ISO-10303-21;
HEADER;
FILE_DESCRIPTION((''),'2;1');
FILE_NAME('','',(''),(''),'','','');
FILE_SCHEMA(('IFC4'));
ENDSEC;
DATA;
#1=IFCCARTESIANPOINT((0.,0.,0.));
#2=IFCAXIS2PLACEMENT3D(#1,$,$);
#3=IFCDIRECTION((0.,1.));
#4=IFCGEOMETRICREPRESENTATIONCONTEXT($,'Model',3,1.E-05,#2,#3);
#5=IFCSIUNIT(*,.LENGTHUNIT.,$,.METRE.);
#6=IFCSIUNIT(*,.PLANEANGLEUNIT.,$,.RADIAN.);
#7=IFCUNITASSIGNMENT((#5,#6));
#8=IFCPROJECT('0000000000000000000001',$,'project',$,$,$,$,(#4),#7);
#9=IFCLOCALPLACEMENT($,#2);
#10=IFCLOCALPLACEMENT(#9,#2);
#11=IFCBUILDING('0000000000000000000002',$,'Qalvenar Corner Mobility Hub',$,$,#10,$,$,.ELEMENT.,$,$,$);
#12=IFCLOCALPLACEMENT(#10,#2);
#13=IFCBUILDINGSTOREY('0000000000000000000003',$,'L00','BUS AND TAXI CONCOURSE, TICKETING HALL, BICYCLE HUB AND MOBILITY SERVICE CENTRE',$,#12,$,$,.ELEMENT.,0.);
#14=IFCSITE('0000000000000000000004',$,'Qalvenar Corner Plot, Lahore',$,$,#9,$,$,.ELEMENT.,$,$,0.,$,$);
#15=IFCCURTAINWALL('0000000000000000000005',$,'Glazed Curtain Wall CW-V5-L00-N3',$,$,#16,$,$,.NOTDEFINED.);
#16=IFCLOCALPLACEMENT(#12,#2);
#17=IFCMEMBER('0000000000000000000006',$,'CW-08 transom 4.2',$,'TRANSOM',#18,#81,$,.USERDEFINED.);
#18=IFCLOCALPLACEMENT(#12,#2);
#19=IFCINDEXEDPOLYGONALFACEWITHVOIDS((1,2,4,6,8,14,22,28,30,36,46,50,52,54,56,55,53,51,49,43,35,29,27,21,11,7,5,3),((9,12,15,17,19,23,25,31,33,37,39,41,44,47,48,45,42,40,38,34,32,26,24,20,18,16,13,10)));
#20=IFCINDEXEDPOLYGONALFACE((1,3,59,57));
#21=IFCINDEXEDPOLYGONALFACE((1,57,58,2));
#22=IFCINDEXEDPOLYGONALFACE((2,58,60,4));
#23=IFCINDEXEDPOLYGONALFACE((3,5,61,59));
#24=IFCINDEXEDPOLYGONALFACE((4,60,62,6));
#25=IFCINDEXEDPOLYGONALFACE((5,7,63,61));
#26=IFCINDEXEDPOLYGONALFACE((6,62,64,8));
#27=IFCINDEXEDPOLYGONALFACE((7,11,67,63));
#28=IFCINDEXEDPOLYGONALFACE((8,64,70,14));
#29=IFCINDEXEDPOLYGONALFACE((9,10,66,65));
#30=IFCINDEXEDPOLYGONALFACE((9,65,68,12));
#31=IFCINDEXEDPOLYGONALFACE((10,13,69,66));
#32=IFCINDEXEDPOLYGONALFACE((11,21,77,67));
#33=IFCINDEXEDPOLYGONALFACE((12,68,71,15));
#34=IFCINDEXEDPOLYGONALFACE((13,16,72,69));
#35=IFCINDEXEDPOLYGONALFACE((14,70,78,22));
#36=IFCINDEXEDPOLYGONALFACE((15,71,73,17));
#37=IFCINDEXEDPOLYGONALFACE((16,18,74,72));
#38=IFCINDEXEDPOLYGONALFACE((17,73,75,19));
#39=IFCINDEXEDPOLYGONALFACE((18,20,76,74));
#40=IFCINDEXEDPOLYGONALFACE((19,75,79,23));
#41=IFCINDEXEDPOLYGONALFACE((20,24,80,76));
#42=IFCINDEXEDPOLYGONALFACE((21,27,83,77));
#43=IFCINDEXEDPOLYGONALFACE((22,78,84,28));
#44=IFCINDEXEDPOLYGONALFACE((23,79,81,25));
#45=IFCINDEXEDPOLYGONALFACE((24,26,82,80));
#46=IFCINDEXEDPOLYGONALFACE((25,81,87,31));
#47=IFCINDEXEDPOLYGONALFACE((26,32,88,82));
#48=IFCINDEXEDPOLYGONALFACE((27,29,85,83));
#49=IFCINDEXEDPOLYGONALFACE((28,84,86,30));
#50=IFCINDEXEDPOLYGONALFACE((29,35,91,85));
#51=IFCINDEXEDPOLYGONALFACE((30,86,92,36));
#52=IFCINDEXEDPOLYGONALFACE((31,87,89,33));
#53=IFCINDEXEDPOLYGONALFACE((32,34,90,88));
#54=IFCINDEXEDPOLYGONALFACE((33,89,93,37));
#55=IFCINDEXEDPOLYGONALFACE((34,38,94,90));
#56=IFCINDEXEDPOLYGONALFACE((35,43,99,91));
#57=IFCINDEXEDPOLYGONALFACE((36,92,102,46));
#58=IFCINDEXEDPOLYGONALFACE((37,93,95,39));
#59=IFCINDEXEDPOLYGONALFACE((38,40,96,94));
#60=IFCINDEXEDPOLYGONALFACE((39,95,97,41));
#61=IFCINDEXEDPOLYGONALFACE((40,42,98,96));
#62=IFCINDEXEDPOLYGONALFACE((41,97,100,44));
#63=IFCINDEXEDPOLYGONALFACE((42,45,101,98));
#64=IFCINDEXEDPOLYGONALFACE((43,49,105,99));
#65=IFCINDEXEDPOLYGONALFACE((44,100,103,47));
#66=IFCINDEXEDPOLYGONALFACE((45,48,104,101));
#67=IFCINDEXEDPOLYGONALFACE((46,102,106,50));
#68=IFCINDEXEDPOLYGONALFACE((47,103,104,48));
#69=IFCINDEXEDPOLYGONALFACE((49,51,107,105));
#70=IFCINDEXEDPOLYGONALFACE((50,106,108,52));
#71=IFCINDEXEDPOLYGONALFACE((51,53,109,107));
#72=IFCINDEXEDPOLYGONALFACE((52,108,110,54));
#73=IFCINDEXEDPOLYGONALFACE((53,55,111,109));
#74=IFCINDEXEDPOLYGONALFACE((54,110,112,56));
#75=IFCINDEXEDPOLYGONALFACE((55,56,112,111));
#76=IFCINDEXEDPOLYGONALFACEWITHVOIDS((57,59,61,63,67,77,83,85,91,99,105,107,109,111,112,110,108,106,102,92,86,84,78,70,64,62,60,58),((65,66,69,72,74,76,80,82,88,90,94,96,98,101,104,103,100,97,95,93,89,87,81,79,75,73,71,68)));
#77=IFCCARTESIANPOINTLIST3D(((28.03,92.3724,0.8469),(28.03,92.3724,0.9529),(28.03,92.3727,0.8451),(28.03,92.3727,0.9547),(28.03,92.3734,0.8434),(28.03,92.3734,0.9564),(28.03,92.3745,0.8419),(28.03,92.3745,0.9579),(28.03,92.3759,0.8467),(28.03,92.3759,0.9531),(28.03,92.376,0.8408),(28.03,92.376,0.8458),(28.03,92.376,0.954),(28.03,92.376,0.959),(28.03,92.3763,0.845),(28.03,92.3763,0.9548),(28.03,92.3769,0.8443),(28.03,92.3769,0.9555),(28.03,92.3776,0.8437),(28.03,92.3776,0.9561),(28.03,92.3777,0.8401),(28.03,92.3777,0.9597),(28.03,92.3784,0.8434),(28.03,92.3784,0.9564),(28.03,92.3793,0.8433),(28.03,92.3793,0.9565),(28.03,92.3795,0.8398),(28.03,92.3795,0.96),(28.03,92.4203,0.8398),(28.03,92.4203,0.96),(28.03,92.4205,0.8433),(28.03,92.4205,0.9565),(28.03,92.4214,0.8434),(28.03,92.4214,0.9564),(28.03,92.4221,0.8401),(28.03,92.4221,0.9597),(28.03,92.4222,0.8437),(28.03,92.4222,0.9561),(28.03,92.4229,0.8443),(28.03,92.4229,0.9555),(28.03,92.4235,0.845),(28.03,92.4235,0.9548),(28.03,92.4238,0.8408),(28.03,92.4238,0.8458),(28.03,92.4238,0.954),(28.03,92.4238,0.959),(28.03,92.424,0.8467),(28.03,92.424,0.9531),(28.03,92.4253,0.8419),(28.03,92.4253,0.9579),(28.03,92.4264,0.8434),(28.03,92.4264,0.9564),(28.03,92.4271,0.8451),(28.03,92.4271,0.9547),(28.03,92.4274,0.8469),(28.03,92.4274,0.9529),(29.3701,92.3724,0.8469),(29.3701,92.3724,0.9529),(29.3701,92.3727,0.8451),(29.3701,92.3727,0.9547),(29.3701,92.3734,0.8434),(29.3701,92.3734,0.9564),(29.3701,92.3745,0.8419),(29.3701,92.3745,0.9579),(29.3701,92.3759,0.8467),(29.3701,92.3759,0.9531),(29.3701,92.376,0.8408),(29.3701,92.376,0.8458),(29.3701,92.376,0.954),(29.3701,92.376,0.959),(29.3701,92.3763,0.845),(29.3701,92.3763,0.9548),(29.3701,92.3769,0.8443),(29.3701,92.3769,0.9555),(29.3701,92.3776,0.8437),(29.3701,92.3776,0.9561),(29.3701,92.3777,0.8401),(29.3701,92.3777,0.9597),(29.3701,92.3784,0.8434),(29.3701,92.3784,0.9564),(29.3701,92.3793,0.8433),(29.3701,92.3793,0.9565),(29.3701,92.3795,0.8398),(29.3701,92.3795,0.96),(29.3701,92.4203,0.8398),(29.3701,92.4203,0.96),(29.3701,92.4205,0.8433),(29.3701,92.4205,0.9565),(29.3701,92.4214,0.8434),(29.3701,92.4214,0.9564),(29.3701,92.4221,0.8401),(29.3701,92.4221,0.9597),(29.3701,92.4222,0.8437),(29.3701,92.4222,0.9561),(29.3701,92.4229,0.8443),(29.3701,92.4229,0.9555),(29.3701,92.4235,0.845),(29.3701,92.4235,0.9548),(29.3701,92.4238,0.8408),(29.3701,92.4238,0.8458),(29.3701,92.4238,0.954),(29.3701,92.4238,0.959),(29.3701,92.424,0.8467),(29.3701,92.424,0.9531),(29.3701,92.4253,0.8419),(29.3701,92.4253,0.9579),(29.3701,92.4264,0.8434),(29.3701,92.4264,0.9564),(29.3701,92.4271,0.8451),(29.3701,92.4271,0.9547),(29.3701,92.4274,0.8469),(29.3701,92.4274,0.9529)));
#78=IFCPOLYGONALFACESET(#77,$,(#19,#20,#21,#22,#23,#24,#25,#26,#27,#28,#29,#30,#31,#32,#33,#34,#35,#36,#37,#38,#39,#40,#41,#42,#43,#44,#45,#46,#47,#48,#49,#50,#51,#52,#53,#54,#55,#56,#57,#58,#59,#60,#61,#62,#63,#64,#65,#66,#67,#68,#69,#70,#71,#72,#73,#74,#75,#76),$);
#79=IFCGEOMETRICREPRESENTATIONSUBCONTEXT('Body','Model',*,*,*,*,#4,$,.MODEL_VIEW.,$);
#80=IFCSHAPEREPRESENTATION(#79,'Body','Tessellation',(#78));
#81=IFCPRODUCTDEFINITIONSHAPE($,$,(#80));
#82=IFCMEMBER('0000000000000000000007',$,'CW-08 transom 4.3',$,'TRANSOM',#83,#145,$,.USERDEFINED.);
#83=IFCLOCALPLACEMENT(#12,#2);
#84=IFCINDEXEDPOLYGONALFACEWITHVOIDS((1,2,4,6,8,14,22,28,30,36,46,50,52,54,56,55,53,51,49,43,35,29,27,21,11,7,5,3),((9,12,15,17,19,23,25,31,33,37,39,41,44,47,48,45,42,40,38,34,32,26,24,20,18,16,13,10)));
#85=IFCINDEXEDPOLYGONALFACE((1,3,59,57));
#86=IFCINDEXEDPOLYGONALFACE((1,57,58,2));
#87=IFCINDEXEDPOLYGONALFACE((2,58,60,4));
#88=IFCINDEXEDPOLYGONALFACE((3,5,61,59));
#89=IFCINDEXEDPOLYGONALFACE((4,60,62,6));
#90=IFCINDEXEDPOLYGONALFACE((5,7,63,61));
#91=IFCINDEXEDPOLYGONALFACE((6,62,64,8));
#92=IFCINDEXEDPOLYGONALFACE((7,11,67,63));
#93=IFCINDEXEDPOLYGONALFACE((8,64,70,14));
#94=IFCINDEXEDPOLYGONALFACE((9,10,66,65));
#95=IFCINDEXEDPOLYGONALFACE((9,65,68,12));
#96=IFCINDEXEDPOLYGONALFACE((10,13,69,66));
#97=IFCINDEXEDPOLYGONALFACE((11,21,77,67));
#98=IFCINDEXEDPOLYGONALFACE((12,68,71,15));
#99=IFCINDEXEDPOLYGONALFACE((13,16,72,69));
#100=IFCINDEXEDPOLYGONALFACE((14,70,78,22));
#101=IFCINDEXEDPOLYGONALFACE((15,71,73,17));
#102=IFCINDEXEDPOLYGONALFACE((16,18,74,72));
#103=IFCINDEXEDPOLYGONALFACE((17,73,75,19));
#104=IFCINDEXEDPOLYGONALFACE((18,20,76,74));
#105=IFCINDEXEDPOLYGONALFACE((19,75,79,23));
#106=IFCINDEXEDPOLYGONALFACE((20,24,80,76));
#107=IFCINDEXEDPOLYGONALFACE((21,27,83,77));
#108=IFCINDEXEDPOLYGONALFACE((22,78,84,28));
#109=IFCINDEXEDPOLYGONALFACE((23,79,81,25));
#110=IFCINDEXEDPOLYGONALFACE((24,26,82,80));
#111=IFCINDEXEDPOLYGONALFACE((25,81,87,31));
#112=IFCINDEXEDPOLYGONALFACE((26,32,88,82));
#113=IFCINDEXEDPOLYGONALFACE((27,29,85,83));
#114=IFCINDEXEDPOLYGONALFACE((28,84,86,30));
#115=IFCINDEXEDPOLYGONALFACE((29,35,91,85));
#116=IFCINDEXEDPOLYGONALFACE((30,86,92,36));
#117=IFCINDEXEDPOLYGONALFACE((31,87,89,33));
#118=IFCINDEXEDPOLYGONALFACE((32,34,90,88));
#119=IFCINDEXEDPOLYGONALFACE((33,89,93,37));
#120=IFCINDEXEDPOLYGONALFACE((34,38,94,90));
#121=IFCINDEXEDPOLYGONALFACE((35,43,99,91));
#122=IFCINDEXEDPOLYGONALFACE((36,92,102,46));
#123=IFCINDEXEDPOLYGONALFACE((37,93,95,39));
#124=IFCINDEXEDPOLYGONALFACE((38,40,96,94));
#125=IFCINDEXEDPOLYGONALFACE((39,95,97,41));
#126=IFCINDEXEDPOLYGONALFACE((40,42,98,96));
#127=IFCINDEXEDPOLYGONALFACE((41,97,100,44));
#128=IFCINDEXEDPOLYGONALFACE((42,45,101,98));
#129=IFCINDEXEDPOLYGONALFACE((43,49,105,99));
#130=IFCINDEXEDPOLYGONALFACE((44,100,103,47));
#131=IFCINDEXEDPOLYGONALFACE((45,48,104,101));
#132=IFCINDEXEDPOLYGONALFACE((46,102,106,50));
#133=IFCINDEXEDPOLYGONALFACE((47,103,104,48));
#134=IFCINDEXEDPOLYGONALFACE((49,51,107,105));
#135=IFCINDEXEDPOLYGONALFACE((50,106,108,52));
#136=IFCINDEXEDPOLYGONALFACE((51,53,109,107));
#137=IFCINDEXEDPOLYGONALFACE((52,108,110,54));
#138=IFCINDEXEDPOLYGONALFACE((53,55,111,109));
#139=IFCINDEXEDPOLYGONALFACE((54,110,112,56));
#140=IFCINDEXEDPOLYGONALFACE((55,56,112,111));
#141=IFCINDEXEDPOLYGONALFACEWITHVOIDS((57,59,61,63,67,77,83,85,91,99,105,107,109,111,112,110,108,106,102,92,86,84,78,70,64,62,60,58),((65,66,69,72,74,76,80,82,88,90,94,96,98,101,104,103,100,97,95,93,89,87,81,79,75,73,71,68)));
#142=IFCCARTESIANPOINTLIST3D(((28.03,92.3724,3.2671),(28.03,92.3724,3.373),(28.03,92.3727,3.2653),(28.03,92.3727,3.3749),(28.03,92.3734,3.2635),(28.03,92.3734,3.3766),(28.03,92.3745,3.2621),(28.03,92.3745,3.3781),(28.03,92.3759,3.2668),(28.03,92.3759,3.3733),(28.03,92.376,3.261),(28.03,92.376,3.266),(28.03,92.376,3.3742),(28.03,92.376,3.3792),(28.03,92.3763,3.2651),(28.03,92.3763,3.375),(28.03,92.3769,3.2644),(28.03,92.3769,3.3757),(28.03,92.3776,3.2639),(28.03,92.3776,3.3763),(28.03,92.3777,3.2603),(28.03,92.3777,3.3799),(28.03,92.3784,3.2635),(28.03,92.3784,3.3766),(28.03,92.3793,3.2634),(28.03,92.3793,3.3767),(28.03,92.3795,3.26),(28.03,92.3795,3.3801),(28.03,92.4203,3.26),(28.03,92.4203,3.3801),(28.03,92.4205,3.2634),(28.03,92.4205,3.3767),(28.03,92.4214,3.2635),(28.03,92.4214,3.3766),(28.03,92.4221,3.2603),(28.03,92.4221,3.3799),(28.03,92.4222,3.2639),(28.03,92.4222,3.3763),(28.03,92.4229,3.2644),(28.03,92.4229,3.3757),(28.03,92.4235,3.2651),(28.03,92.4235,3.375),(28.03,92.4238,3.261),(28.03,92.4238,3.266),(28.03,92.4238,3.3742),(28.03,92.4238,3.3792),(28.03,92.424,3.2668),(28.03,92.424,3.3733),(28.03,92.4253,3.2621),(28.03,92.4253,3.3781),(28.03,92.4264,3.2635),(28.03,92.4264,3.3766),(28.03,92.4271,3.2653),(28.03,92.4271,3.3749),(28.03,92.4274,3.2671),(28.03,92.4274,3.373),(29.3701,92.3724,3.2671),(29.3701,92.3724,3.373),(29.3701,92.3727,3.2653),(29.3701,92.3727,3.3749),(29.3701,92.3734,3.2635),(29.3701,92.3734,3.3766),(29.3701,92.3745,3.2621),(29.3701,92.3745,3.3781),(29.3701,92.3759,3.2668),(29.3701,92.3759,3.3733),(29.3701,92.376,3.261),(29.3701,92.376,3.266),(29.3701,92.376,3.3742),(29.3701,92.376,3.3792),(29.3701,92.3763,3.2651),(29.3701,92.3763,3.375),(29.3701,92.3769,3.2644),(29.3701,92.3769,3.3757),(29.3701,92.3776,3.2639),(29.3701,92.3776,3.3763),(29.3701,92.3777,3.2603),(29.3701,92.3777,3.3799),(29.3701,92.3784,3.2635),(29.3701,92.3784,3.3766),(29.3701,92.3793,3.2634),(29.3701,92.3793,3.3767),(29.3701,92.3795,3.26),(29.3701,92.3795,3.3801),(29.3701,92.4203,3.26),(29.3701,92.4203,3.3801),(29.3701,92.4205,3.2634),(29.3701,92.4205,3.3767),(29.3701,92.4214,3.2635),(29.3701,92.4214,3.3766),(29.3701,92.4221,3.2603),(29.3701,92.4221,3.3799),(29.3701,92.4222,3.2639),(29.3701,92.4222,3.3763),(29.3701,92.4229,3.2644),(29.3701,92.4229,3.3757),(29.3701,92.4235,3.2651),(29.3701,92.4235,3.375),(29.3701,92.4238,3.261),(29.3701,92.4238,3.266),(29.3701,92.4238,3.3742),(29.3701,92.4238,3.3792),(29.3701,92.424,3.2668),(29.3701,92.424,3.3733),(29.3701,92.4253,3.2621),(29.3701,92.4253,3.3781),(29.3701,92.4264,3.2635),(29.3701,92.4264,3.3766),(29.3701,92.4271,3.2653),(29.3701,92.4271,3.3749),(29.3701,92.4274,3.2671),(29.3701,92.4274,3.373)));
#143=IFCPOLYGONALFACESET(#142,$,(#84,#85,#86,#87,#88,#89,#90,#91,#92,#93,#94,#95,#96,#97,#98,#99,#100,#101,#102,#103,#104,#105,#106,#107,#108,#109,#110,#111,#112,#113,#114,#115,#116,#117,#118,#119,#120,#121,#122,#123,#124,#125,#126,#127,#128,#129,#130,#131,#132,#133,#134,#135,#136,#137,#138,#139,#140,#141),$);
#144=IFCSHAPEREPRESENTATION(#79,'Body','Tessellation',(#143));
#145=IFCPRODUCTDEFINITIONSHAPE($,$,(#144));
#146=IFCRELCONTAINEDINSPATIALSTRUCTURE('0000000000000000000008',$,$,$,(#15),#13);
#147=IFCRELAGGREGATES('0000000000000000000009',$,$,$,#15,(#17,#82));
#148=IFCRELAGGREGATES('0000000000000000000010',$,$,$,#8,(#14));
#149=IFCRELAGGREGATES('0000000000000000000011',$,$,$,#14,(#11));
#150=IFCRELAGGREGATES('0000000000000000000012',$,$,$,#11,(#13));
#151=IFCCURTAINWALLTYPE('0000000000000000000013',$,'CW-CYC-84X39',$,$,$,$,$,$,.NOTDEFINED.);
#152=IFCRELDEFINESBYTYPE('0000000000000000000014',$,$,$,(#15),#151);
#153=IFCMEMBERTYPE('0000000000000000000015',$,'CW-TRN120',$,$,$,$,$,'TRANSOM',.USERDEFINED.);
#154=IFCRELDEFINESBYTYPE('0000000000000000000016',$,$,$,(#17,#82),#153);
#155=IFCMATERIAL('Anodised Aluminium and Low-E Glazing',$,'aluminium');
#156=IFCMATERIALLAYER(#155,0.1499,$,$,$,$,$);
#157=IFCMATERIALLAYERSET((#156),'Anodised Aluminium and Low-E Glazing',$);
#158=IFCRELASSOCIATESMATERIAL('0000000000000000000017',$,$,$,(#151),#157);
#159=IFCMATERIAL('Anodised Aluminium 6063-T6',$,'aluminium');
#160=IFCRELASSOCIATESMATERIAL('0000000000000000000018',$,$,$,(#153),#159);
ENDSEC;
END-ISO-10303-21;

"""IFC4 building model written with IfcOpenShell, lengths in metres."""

from ifc_helpers import new_model, si_unit, direction, frame, origin, origin_2d, place, context, subcontext, project, spatial, hollow_rectangle, extrude, material, layer, layer_set, material_profile, profile_set, type_object, element, aggregate, save


model = new_model("IFC4")

# Units and contexts
model_context = context("Model", 3, precision=1e-05, world=origin(), true_north=direction((0.0, 1.0)))
body_context = subcontext(model_context, "Body", "Model", "MODEL_VIEW")
ifc_project = project(units=[si_unit("LENGTHUNIT", "METRE"), si_unit("PLANEANGLEUNIT", "RADIAN")], contexts=[model_context])

# Site, building, storey
site_placement = place(None, origin())
site = spatial("IfcSite", under=ifc_project, at=site_placement, Name="Qalvenar Corner Plot, Lahore", CompositionType="ELEMENT", RefElevation=0.0)
building_placement = place(site_placement, origin())
building = spatial("IfcBuilding", under=site, at=building_placement, Name="Qalvenar Corner Mobility Hub", CompositionType="ELEMENT")
storey_placement = place(building_placement, origin())
storey = spatial("IfcBuildingStorey", under=building, at=storey_placement, Name="L00", Description="BUS AND TAXI CONCOURSE, TICKETING HALL, BICYCLE HUB AND MOBILITY SERVICE CENTRE", CompositionType="ELEMENT", Elevation=0.0)

# Curtain wall, members
ifc_material_1 = material(Name="Anodised Aluminium and Low-E Glazing", Category="aluminium")
ifc_layer_1 = layer(ifc_material_1, 0.1499)
ifc_layer_set_1 = layer_set([ifc_layer_1], Name="Anodised Aluminium and Low-E Glazing")
curtain_wall_type = type_object("IfcCurtainWallType", Name="CW-CYC-84X39", PredefinedType="NOTDEFINED", material=ifc_layer_set_1)
curtain_wall_placement = place(storey_placement, origin())
curtain_wall = element("IfcCurtainWall", 1, at=curtain_wall_placement, inside=storey, type_object=curtain_wall_type, Name="Glazed Curtain Wall CW-V5-L00-N3", PredefinedType="NOTDEFINED")
ifc_material_2 = material(Name="Anodised Aluminium 6063-T6", Category="aluminium")
ifc_material_profile_1 = material_profile(ifc_material_2, hollow_rectangle(XDim=0.0549, YDim=0.1201, WallThickness=0.0034, InnerFilletRadius=0.0034, OuterFilletRadius=0.0071, at=origin_2d()), Name="RHS120x55x3.5")
ifc_profile_set_1 = profile_set([ifc_material_profile_1], Name="Anodised Aluminium 6063-T6")
member_type_1 = type_object("IfcMemberType", Name="CW-TRN120", ElementType="TRANSOM", PredefinedType="USERDEFINED", material=ifc_profile_set_1)
member_1_placement = place(storey_placement, frame((29.3701, 92.3999, 0.8999), z_axis=(-1.0, 0.0, 0.0), x_axis=(0.0, -1.0, 0.0)))
member_1 = element("IfcMember", 2, at=member_1_placement, type_object=member_type_1, Name="CW-08 transom 4.2", ObjectType="TRANSOM", PredefinedType="USERDEFINED", context=body_context, shape_type="SweptSolid", body=[
    extrude(hollow_rectangle(XDim=0.0549, YDim=0.1201, WallThickness=0.0034, InnerFilletRadius=0.0034, OuterFilletRadius=0.0071, at=origin_2d()), origin(), (0.0, 0.0, 1.0), 1.3401),
])
member_2_placement = place(storey_placement, frame((29.3701, 92.3999, 3.3201), z_axis=(-1.0, 0.0, 0.0), x_axis=(0.0, -1.0, 0.0)))
member_2 = element("IfcMember", 3, at=member_2_placement, type_object=member_type_1, Name="CW-08 transom 4.3", ObjectType="TRANSOM", PredefinedType="USERDEFINED", context=body_context, shape_type="SweptSolid", body=[
    extrude(hollow_rectangle(XDim=0.0549, YDim=0.1201, WallThickness=0.0034, InnerFilletRadius=0.0034, OuterFilletRadius=0.0071, at=origin_2d()), origin(), (0.0, 0.0, 1.0), 1.3401),
])
aggregate(curtain_wall, [member_1, member_2])

save(model, "model.ifc")
